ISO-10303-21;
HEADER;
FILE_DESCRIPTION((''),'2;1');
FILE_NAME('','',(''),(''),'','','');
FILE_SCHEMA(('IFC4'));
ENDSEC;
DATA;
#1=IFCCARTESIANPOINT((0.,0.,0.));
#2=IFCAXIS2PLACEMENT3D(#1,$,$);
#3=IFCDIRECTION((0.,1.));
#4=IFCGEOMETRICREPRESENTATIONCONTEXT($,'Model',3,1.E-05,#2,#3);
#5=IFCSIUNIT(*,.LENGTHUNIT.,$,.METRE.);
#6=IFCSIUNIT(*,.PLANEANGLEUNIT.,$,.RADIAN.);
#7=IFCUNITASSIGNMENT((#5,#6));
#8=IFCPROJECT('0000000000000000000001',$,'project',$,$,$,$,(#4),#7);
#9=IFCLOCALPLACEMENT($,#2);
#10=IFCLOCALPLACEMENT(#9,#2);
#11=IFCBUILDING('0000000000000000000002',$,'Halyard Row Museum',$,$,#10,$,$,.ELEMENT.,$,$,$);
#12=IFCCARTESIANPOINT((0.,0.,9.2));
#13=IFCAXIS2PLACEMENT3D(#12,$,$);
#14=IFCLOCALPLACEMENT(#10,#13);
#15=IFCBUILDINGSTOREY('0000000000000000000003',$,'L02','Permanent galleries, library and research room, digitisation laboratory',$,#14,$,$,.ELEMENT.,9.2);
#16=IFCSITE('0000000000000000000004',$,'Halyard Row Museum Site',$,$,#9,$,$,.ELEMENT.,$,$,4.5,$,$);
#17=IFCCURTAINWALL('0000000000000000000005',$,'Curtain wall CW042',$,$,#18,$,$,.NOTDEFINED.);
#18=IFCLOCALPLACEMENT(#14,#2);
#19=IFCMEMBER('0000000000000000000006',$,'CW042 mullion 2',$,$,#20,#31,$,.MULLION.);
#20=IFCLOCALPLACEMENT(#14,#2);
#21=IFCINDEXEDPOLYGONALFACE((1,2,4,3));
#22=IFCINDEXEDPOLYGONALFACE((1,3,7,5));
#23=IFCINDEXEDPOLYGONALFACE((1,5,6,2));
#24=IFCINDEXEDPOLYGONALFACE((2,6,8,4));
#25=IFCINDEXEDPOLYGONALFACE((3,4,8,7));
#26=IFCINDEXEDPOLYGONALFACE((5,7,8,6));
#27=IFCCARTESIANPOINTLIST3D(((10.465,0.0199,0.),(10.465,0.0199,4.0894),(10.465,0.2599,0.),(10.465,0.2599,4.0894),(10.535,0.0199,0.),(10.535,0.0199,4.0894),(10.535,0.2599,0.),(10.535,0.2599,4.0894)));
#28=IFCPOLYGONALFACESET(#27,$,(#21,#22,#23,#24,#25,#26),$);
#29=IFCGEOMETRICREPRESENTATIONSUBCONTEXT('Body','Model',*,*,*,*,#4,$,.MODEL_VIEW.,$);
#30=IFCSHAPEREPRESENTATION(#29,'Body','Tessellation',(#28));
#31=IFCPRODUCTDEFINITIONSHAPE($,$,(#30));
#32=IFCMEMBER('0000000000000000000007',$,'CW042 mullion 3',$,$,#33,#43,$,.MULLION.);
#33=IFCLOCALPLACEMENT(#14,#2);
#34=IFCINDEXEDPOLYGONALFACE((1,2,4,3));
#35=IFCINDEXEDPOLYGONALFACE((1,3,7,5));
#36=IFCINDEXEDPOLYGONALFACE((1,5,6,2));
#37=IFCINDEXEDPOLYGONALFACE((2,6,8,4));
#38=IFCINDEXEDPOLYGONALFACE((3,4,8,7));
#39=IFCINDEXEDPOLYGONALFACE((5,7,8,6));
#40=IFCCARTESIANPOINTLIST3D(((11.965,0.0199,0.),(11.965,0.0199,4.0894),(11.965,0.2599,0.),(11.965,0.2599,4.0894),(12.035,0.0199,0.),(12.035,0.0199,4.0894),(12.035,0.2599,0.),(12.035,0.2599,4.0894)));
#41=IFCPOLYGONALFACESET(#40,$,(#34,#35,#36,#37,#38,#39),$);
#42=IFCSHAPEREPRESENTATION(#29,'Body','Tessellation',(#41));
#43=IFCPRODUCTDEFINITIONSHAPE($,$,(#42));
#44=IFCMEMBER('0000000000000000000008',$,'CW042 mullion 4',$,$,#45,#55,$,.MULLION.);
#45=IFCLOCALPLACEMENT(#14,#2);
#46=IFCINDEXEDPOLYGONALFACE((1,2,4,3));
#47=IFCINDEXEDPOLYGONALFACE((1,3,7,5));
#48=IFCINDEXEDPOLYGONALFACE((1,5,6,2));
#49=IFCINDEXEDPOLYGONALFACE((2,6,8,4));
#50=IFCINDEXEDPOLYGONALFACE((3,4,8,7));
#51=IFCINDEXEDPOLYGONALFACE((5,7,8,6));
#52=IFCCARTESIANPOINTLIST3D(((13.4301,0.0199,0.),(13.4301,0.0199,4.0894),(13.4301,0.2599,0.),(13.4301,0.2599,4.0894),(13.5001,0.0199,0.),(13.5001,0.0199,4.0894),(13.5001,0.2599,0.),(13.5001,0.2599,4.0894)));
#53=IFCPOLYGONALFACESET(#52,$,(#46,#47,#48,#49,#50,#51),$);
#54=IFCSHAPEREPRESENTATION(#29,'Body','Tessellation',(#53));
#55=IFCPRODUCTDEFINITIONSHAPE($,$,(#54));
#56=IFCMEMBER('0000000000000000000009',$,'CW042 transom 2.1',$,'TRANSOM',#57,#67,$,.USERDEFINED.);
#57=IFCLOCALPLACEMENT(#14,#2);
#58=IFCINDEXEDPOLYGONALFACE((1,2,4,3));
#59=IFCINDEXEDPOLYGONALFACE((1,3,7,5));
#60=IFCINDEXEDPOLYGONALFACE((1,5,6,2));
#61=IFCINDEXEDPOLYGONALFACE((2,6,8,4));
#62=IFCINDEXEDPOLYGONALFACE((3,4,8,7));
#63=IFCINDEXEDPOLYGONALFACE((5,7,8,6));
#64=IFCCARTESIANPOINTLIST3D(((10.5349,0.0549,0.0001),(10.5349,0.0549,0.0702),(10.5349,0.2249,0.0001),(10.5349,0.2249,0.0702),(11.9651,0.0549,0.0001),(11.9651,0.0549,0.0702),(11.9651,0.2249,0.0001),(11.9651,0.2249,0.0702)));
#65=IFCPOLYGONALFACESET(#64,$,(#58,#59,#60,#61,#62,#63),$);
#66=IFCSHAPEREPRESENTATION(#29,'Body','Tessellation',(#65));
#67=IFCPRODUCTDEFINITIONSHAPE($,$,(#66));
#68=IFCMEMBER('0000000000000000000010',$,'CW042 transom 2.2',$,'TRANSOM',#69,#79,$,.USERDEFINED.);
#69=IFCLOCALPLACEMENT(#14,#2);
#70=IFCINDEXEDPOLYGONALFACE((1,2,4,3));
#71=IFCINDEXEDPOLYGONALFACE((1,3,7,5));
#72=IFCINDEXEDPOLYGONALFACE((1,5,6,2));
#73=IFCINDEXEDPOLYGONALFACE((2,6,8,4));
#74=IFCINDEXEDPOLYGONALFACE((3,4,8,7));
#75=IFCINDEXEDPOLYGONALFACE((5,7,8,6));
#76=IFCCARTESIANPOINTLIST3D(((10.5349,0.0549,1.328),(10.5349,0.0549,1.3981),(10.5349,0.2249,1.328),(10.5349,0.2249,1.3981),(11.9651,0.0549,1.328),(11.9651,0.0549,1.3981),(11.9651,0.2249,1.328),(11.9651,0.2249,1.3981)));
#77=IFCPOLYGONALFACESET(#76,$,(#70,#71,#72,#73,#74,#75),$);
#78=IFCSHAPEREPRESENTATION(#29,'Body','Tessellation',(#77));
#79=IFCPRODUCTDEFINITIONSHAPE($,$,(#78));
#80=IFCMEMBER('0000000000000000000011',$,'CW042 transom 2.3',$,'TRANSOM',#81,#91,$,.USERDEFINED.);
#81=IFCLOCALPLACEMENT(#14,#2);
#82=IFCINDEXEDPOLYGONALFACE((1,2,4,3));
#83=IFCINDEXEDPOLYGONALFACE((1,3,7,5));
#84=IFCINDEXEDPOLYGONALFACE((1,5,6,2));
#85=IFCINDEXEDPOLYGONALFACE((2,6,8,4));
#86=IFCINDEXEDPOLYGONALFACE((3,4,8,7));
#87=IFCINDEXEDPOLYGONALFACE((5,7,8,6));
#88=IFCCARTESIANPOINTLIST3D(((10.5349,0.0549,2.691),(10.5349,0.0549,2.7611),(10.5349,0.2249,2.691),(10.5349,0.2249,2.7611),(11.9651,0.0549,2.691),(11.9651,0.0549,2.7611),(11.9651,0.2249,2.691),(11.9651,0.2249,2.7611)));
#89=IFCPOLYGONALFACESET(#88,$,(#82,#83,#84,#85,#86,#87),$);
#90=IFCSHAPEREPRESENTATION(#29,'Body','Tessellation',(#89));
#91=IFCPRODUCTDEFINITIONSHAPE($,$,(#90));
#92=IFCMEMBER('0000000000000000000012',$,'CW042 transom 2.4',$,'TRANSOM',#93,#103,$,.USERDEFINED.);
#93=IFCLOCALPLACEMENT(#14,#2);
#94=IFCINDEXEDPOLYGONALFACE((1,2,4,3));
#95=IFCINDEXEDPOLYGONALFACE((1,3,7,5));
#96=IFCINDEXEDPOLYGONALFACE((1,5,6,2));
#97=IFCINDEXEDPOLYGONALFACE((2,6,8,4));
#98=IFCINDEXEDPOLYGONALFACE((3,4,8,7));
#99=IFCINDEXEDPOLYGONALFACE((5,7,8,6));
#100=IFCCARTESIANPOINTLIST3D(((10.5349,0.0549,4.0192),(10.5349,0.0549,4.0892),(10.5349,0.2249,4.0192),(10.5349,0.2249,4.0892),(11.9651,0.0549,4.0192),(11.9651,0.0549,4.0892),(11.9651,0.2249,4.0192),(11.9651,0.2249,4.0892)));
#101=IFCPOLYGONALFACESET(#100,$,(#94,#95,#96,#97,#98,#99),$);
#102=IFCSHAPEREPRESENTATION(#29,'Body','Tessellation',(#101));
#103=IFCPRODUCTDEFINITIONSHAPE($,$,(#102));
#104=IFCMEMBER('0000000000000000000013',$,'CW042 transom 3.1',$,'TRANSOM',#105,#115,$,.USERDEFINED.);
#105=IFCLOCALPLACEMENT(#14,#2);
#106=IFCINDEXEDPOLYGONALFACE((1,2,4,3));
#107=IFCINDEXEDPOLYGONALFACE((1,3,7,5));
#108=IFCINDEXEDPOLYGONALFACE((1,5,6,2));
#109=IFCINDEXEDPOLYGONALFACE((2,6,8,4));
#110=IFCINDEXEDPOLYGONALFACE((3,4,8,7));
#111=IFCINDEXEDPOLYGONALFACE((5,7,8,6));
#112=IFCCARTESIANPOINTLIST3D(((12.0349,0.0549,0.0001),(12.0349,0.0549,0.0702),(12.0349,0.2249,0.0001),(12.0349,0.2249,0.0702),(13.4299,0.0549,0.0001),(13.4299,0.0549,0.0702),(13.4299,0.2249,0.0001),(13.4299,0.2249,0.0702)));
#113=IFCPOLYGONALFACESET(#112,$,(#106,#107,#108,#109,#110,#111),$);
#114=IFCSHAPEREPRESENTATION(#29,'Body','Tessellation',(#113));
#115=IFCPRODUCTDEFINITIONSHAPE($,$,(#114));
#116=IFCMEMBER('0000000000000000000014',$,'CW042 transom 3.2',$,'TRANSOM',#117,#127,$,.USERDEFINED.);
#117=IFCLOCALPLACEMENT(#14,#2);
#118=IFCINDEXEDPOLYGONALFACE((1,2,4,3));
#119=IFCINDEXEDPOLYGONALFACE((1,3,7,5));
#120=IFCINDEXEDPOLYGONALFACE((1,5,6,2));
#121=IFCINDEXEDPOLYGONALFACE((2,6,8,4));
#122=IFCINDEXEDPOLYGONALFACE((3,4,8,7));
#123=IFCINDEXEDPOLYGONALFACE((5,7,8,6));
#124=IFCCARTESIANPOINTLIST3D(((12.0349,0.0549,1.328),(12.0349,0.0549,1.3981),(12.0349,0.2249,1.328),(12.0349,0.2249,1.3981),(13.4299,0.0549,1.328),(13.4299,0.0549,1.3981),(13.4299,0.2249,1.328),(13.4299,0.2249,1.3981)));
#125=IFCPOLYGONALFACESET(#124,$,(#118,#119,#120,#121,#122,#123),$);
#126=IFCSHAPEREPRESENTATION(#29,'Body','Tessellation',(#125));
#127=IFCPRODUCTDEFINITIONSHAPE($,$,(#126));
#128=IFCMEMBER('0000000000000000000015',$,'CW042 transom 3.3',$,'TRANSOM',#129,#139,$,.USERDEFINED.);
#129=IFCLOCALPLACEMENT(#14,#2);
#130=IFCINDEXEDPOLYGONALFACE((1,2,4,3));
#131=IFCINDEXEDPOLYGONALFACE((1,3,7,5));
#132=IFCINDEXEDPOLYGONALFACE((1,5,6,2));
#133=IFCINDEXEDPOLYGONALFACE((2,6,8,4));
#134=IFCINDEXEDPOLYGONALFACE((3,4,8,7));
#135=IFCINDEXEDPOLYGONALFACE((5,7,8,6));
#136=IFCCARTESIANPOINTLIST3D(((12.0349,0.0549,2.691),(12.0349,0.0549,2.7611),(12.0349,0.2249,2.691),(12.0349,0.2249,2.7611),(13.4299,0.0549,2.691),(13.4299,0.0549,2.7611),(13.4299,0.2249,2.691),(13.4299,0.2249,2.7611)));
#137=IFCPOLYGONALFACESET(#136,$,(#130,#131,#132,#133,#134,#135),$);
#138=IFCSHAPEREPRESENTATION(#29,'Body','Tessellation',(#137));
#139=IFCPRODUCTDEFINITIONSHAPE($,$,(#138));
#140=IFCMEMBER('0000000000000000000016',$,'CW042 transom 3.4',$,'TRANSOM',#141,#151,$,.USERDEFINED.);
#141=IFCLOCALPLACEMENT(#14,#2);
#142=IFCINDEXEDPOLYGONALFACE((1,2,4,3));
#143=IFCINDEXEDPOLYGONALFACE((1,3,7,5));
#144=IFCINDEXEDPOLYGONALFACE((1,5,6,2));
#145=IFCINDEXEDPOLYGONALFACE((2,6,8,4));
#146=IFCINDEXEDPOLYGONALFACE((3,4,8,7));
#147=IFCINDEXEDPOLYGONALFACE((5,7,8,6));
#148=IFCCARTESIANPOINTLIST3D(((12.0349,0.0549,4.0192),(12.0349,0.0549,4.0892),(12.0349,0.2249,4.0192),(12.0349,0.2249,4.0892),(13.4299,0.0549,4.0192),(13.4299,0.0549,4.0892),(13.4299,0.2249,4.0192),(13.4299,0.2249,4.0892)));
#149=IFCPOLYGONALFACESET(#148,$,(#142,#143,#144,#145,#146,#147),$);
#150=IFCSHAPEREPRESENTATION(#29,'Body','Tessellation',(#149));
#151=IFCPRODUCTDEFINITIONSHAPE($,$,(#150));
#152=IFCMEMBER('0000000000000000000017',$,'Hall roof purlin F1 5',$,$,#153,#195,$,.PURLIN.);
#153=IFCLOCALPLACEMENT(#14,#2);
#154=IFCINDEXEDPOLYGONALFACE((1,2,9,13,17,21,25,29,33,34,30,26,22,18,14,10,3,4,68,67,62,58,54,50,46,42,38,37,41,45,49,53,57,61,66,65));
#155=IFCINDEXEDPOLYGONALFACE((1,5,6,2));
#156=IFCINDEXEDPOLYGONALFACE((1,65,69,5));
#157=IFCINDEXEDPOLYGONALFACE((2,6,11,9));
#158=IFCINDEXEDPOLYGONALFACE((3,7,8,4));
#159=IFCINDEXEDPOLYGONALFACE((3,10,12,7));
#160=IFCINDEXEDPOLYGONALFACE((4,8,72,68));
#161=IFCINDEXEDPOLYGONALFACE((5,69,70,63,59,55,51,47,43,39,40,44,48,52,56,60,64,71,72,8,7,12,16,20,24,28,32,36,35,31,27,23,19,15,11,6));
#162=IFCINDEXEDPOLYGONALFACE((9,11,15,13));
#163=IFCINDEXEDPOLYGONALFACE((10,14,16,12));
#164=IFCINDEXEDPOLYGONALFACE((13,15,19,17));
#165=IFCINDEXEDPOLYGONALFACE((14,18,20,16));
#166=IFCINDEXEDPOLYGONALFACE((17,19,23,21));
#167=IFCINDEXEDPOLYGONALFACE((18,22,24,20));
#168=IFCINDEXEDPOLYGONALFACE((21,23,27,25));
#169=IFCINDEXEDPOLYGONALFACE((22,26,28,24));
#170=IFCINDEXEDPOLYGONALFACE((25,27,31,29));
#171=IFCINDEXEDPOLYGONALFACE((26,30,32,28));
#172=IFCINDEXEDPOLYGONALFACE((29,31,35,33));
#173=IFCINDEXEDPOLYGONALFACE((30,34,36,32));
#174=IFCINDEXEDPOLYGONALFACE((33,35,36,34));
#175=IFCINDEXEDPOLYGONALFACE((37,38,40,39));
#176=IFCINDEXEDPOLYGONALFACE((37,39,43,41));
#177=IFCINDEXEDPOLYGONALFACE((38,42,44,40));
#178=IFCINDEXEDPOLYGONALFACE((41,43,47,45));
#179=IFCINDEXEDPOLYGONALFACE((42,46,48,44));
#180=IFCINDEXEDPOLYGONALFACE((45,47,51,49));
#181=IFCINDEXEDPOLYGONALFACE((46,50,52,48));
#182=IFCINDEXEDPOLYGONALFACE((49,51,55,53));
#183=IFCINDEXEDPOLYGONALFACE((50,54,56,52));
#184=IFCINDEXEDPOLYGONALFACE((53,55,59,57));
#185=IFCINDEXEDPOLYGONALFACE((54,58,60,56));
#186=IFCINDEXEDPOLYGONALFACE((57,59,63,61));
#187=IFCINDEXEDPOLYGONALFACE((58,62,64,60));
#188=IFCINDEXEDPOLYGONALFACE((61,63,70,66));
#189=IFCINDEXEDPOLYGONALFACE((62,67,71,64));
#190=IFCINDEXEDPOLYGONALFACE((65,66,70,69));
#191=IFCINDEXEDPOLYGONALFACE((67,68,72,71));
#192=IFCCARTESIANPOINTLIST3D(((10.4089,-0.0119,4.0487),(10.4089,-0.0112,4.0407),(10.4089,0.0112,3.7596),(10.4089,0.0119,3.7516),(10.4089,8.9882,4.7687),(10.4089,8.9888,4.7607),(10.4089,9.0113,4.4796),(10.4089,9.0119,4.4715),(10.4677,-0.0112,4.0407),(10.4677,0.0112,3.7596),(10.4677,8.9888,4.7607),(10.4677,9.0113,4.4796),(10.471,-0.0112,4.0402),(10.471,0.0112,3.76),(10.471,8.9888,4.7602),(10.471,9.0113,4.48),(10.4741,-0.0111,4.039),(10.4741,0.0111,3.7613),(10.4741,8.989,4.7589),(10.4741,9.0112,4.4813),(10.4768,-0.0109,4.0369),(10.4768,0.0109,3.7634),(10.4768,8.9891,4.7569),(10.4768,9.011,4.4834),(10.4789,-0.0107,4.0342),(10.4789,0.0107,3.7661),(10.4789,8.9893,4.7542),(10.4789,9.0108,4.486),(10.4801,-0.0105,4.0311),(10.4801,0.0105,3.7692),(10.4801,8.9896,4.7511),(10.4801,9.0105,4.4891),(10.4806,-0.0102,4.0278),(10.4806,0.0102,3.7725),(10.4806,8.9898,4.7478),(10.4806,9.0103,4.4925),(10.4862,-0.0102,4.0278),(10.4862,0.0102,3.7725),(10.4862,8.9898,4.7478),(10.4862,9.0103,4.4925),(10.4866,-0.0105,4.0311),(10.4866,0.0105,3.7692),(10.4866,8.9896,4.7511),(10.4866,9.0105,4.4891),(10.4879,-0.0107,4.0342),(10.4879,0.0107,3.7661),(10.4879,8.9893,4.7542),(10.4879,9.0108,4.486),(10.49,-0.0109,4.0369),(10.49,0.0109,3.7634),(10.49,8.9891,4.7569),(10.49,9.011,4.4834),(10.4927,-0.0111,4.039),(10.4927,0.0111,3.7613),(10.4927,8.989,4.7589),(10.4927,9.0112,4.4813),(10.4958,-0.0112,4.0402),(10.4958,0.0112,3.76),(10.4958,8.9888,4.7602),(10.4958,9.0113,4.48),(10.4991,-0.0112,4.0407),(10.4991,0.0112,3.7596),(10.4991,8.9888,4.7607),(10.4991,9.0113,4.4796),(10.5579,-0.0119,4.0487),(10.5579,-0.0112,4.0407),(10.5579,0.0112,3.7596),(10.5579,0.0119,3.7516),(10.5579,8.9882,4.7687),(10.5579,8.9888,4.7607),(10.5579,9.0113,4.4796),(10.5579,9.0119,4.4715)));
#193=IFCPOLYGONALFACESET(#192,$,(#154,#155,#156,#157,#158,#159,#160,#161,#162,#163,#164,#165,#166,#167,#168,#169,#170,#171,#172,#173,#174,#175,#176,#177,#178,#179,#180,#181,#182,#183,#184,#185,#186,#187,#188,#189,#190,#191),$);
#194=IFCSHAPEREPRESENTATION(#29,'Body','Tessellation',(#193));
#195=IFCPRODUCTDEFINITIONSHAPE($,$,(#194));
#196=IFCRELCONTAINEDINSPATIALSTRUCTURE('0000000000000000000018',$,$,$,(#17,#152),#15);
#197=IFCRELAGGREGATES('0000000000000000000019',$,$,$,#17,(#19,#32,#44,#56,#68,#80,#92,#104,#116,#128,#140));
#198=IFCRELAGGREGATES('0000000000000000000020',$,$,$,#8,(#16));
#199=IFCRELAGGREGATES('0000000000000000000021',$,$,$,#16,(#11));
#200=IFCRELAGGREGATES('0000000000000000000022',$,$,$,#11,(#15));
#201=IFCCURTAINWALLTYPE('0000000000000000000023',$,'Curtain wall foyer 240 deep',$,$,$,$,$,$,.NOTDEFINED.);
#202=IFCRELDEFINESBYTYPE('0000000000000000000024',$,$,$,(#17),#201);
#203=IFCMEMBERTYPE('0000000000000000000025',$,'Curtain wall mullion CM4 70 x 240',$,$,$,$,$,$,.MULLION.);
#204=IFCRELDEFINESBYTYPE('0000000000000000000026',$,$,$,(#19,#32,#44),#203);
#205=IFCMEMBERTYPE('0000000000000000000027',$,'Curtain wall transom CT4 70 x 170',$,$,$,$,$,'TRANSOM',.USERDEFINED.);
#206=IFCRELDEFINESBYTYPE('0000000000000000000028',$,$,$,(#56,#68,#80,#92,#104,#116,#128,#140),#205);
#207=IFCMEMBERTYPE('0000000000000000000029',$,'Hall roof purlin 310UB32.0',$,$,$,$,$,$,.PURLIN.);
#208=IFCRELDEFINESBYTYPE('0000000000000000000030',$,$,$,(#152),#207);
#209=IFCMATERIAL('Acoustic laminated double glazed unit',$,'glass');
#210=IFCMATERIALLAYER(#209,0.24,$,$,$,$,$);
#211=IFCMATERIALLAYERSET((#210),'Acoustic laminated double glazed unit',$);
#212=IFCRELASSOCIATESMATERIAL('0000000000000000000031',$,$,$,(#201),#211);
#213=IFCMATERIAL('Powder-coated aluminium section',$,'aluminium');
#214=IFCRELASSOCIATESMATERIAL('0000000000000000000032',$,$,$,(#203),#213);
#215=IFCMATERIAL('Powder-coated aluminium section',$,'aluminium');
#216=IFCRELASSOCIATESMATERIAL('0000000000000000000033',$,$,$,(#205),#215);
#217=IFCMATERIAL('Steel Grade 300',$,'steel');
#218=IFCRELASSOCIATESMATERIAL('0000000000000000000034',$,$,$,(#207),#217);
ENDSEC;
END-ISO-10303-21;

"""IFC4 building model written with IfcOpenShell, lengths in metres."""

from ifc_helpers import new_model, si_unit, direction, frame, origin, origin_2d, place, context, subcontext, project, spatial, rectangle, i_section, extrude, material, layer, layer_set, material_profile, profile_set, type_object, element, aggregate, save


model = new_model("IFC4")

# Units and contexts
model_context = context("Model", 3, precision=1e-05, world=origin(), true_north=direction((0.0, 1.0)))
body_context = subcontext(model_context, "Body", "Model", "MODEL_VIEW")
ifc_project = project(units=[si_unit("LENGTHUNIT", "METRE"), si_unit("PLANEANGLEUNIT", "RADIAN")], contexts=[model_context])

# Site, building, storey
site_placement = place(None, origin())
site = spatial("IfcSite", under=ifc_project, at=site_placement, Name="Halyard Row Museum Site", CompositionType="ELEMENT", RefElevation=4.5)
building_placement = place(site_placement, origin())
building = spatial("IfcBuilding", under=site, at=building_placement, Name="Halyard Row Museum", CompositionType="ELEMENT")
storey_placement = place(building_placement, frame((0.0, 0.0, 9.2)))
storey = spatial("IfcBuildingStorey", under=building, at=storey_placement, Name="L02", Description="Permanent galleries, library and research room, digitisation laboratory", CompositionType="ELEMENT", Elevation=9.2)

# Curtain wall, members
ifc_material_1 = material(Name="Acoustic laminated double glazed unit", Category="glass")
ifc_layer_1 = layer(ifc_material_1, 0.24)
ifc_layer_set_1 = layer_set([ifc_layer_1], Name="Acoustic laminated double glazed unit")
curtain_wall_type = type_object("IfcCurtainWallType", Name="Curtain wall foyer 240 deep", PredefinedType="NOTDEFINED", material=ifc_layer_set_1)
curtain_wall_placement = place(storey_placement, origin())
curtain_wall = element("IfcCurtainWall", 1, at=curtain_wall_placement, inside=storey, type_object=curtain_wall_type, Name="Curtain wall CW042", PredefinedType="NOTDEFINED")
ifc_material_2 = material(Name="Powder-coated aluminium section", Category="aluminium")
ifc_material_profile_1 = material_profile(ifc_material_2, rectangle(XDim=0.24, YDim=0.0701, at=origin_2d()), Name="240x70 mullion")
ifc_profile_set_1 = profile_set([ifc_material_profile_1], Name="Powder-coated aluminium section")
member_type_1 = type_object("IfcMemberType", Name="Curtain wall mullion CM4 70 x 240", PredefinedType="MULLION", material=ifc_profile_set_1)
member_1_placement = place(storey_placement, frame((10.5, 0.1399, 0.0), z_axis=(0.0, 0.0, 1.0), x_axis=(0.0, 1.0, 0.0)))
member_1 = element("IfcMember", 2, at=member_1_placement, type_object=member_type_1, Name="CW042 mullion 2", PredefinedType="MULLION", context=body_context, shape_type="SweptSolid", body=[
    extrude(rectangle(XDim=0.24, YDim=0.0701, at=origin_2d()), origin(), (0.0, 0.0, 1.0), 4.0894),
])
member_2_placement = place(storey_placement, frame((12.0, 0.1399, 0.0), z_axis=(0.0, 0.0, 1.0), x_axis=(0.0, 1.0, 0.0)))
member_2 = element("IfcMember", 3, at=member_2_placement, type_object=member_type_1, Name="CW042 mullion 3", PredefinedType="MULLION", context=body_context, shape_type="SweptSolid", body=[
    extrude(rectangle(XDim=0.24, YDim=0.0701, at=origin_2d()), origin(), (0.0, 0.0, 1.0), 4.0894),
])
member_3_placement = place(storey_placement, frame((13.4651, 0.1399, 0.0), z_axis=(0.0, 0.0, 1.0), x_axis=(0.0, 1.0, 0.0)))
member_3 = element("IfcMember", 4, at=member_3_placement, type_object=member_type_1, Name="CW042 mullion 4", PredefinedType="MULLION", context=body_context, shape_type="SweptSolid", body=[
    extrude(rectangle(XDim=0.24, YDim=0.0701, at=origin_2d()), origin(), (0.0, 0.0, 1.0), 4.0894),
])
ifc_material_3 = material(Name="Powder-coated aluminium section", Category="aluminium")
ifc_material_profile_2 = material_profile(ifc_material_3, rectangle(XDim=0.1699, YDim=0.0701, at=origin_2d()), Name="170x70 transom")
ifc_profile_set_2 = profile_set([ifc_material_profile_2], Name="Powder-coated aluminium section")
member_type_2 = type_object("IfcMemberType", Name="Curtain wall transom CT4 70 x 170", ElementType="TRANSOM", PredefinedType="USERDEFINED", material=ifc_profile_set_2)
member_4_placement = place(storey_placement, frame((10.5349, 0.1399, 0.0352), z_axis=(1.0, 0.0, 0.0), x_axis=(0.0, 1.0, 0.0)))
member_4 = element("IfcMember", 5, at=member_4_placement, type_object=member_type_2, Name="CW042 transom 2.1", ObjectType="TRANSOM", PredefinedType="USERDEFINED", context=body_context, shape_type="SweptSolid", body=[
    extrude(rectangle(XDim=0.1699, YDim=0.0701, at=origin_2d()), origin(), (0.0, 0.0, 1.0), 1.4302),
])
member_5_placement = place(storey_placement, frame((10.5349, 0.1399, 1.363), z_axis=(1.0, 0.0, 0.0), x_axis=(0.0, 1.0, 0.0)))
member_5 = element("IfcMember", 6, at=member_5_placement, type_object=member_type_2, Name="CW042 transom 2.2", ObjectType="TRANSOM", PredefinedType="USERDEFINED", context=body_context, shape_type="SweptSolid", body=[
    extrude(rectangle(XDim=0.1699, YDim=0.0701, at=origin_2d()), origin(), (0.0, 0.0, 1.0), 1.4302),
])
member_6_placement = place(storey_placement, frame((10.5349, 0.1399, 2.7261), z_axis=(1.0, 0.0, 0.0), x_axis=(0.0, 1.0, 0.0)))
member_6 = element("IfcMember", 7, at=member_6_placement, type_object=member_type_2, Name="CW042 transom 2.3", ObjectType="TRANSOM", PredefinedType="USERDEFINED", context=body_context, shape_type="SweptSolid", body=[
    extrude(rectangle(XDim=0.1699, YDim=0.0701, at=origin_2d()), origin(), (0.0, 0.0, 1.0), 1.4302),
])
member_7_placement = place(storey_placement, frame((10.5349, 0.1399, 4.0542), z_axis=(1.0, 0.0, 0.0), x_axis=(0.0, 1.0, 0.0)))
member_7 = element("IfcMember", 8, at=member_7_placement, type_object=member_type_2, Name="CW042 transom 2.4", ObjectType="TRANSOM", PredefinedType="USERDEFINED", context=body_context, shape_type="SweptSolid", body=[
    extrude(rectangle(XDim=0.1699, YDim=0.0701, at=origin_2d()), origin(), (0.0, 0.0, 1.0), 1.4302),
])
member_8_placement = place(storey_placement, frame((12.0349, 0.1399, 0.0352), z_axis=(1.0, 0.0, 0.0), x_axis=(0.0, 1.0, 0.0)))
member_8 = element("IfcMember", 9, at=member_8_placement, type_object=member_type_2, Name="CW042 transom 3.1", ObjectType="TRANSOM", PredefinedType="USERDEFINED", context=body_context, shape_type="SweptSolid", body=[
    extrude(rectangle(XDim=0.1699, YDim=0.0701, at=origin_2d()), origin(), (0.0, 0.0, 1.0), 1.395),
])
member_9_placement = place(storey_placement, frame((12.0349, 0.1399, 1.363), z_axis=(1.0, 0.0, 0.0), x_axis=(0.0, 1.0, 0.0)))
member_9 = element("IfcMember", 10, at=member_9_placement, type_object=member_type_2, Name="CW042 transom 3.2", ObjectType="TRANSOM", PredefinedType="USERDEFINED", context=body_context, shape_type="SweptSolid", body=[
    extrude(rectangle(XDim=0.1699, YDim=0.0701, at=origin_2d()), origin(), (0.0, 0.0, 1.0), 1.395),
])
member_10_placement = place(storey_placement, frame((12.0349, 0.1399, 2.7261), z_axis=(1.0, 0.0, 0.0), x_axis=(0.0, 1.0, 0.0)))
member_10 = element("IfcMember", 11, at=member_10_placement, type_object=member_type_2, Name="CW042 transom 3.3", ObjectType="TRANSOM", PredefinedType="USERDEFINED", context=body_context, shape_type="SweptSolid", body=[
    extrude(rectangle(XDim=0.1699, YDim=0.0701, at=origin_2d()), origin(), (0.0, 0.0, 1.0), 1.395),
])
member_11_placement = place(storey_placement, frame((12.0349, 0.1399, 4.0542), z_axis=(1.0, 0.0, 0.0), x_axis=(0.0, 1.0, 0.0)))
member_11 = element("IfcMember", 12, at=member_11_placement, type_object=member_type_2, Name="CW042 transom 3.4", ObjectType="TRANSOM", PredefinedType="USERDEFINED", context=body_context, shape_type="SweptSolid", body=[
    extrude(rectangle(XDim=0.1699, YDim=0.0701, at=origin_2d()), origin(), (0.0, 0.0, 1.0), 1.395),
])

# Member
ifc_material_4 = material(Name="Steel Grade 300", Category="steel")
ifc_material_profile_3 = material_profile(ifc_material_4, i_section(OverallWidth=0.1489, OverallDepth=0.2981, WebThickness=0.0056, FlangeThickness=0.0081, FilletRadius=0.0129, at=origin_2d()), Name="310UB32.0")
ifc_profile_set_3 = profile_set([ifc_material_profile_3], Name="Steel Grade 300")
member_type_3 = type_object("IfcMemberType", Name="Hall roof purlin 310UB32.0", PredefinedType="PURLIN", material=ifc_profile_set_3)
for number, where, z_axis, x_axis, name in (
    (13, (10.4834, 0.0, 3.9001), (0.0, 0.996816, 0.079742), (-1.0, 0.0, 0.0), "Hall roof purlin F1 5"),
):
    element("IfcMember", number, at=place(storey_placement, frame(where, z_axis=z_axis, x_axis=x_axis)), inside=storey, type_object=member_type_3, Name=name, PredefinedType="PURLIN", context=body_context, shape_type="SweptSolid", body=[
        extrude(i_section(OverallWidth=0.1489, OverallDepth=0.2981, WebThickness=0.0056, FlangeThickness=0.0081, FilletRadius=0.0129, at=origin_2d()), origin(), (0.0, 0.0, 1.0), 9.0288),
    ])

aggregate(curtain_wall, [member_1, member_2, member_3, member_4, member_5, member_6, member_7, member_8, member_9, member_10, member_11])

save(model, "model.ifc")
